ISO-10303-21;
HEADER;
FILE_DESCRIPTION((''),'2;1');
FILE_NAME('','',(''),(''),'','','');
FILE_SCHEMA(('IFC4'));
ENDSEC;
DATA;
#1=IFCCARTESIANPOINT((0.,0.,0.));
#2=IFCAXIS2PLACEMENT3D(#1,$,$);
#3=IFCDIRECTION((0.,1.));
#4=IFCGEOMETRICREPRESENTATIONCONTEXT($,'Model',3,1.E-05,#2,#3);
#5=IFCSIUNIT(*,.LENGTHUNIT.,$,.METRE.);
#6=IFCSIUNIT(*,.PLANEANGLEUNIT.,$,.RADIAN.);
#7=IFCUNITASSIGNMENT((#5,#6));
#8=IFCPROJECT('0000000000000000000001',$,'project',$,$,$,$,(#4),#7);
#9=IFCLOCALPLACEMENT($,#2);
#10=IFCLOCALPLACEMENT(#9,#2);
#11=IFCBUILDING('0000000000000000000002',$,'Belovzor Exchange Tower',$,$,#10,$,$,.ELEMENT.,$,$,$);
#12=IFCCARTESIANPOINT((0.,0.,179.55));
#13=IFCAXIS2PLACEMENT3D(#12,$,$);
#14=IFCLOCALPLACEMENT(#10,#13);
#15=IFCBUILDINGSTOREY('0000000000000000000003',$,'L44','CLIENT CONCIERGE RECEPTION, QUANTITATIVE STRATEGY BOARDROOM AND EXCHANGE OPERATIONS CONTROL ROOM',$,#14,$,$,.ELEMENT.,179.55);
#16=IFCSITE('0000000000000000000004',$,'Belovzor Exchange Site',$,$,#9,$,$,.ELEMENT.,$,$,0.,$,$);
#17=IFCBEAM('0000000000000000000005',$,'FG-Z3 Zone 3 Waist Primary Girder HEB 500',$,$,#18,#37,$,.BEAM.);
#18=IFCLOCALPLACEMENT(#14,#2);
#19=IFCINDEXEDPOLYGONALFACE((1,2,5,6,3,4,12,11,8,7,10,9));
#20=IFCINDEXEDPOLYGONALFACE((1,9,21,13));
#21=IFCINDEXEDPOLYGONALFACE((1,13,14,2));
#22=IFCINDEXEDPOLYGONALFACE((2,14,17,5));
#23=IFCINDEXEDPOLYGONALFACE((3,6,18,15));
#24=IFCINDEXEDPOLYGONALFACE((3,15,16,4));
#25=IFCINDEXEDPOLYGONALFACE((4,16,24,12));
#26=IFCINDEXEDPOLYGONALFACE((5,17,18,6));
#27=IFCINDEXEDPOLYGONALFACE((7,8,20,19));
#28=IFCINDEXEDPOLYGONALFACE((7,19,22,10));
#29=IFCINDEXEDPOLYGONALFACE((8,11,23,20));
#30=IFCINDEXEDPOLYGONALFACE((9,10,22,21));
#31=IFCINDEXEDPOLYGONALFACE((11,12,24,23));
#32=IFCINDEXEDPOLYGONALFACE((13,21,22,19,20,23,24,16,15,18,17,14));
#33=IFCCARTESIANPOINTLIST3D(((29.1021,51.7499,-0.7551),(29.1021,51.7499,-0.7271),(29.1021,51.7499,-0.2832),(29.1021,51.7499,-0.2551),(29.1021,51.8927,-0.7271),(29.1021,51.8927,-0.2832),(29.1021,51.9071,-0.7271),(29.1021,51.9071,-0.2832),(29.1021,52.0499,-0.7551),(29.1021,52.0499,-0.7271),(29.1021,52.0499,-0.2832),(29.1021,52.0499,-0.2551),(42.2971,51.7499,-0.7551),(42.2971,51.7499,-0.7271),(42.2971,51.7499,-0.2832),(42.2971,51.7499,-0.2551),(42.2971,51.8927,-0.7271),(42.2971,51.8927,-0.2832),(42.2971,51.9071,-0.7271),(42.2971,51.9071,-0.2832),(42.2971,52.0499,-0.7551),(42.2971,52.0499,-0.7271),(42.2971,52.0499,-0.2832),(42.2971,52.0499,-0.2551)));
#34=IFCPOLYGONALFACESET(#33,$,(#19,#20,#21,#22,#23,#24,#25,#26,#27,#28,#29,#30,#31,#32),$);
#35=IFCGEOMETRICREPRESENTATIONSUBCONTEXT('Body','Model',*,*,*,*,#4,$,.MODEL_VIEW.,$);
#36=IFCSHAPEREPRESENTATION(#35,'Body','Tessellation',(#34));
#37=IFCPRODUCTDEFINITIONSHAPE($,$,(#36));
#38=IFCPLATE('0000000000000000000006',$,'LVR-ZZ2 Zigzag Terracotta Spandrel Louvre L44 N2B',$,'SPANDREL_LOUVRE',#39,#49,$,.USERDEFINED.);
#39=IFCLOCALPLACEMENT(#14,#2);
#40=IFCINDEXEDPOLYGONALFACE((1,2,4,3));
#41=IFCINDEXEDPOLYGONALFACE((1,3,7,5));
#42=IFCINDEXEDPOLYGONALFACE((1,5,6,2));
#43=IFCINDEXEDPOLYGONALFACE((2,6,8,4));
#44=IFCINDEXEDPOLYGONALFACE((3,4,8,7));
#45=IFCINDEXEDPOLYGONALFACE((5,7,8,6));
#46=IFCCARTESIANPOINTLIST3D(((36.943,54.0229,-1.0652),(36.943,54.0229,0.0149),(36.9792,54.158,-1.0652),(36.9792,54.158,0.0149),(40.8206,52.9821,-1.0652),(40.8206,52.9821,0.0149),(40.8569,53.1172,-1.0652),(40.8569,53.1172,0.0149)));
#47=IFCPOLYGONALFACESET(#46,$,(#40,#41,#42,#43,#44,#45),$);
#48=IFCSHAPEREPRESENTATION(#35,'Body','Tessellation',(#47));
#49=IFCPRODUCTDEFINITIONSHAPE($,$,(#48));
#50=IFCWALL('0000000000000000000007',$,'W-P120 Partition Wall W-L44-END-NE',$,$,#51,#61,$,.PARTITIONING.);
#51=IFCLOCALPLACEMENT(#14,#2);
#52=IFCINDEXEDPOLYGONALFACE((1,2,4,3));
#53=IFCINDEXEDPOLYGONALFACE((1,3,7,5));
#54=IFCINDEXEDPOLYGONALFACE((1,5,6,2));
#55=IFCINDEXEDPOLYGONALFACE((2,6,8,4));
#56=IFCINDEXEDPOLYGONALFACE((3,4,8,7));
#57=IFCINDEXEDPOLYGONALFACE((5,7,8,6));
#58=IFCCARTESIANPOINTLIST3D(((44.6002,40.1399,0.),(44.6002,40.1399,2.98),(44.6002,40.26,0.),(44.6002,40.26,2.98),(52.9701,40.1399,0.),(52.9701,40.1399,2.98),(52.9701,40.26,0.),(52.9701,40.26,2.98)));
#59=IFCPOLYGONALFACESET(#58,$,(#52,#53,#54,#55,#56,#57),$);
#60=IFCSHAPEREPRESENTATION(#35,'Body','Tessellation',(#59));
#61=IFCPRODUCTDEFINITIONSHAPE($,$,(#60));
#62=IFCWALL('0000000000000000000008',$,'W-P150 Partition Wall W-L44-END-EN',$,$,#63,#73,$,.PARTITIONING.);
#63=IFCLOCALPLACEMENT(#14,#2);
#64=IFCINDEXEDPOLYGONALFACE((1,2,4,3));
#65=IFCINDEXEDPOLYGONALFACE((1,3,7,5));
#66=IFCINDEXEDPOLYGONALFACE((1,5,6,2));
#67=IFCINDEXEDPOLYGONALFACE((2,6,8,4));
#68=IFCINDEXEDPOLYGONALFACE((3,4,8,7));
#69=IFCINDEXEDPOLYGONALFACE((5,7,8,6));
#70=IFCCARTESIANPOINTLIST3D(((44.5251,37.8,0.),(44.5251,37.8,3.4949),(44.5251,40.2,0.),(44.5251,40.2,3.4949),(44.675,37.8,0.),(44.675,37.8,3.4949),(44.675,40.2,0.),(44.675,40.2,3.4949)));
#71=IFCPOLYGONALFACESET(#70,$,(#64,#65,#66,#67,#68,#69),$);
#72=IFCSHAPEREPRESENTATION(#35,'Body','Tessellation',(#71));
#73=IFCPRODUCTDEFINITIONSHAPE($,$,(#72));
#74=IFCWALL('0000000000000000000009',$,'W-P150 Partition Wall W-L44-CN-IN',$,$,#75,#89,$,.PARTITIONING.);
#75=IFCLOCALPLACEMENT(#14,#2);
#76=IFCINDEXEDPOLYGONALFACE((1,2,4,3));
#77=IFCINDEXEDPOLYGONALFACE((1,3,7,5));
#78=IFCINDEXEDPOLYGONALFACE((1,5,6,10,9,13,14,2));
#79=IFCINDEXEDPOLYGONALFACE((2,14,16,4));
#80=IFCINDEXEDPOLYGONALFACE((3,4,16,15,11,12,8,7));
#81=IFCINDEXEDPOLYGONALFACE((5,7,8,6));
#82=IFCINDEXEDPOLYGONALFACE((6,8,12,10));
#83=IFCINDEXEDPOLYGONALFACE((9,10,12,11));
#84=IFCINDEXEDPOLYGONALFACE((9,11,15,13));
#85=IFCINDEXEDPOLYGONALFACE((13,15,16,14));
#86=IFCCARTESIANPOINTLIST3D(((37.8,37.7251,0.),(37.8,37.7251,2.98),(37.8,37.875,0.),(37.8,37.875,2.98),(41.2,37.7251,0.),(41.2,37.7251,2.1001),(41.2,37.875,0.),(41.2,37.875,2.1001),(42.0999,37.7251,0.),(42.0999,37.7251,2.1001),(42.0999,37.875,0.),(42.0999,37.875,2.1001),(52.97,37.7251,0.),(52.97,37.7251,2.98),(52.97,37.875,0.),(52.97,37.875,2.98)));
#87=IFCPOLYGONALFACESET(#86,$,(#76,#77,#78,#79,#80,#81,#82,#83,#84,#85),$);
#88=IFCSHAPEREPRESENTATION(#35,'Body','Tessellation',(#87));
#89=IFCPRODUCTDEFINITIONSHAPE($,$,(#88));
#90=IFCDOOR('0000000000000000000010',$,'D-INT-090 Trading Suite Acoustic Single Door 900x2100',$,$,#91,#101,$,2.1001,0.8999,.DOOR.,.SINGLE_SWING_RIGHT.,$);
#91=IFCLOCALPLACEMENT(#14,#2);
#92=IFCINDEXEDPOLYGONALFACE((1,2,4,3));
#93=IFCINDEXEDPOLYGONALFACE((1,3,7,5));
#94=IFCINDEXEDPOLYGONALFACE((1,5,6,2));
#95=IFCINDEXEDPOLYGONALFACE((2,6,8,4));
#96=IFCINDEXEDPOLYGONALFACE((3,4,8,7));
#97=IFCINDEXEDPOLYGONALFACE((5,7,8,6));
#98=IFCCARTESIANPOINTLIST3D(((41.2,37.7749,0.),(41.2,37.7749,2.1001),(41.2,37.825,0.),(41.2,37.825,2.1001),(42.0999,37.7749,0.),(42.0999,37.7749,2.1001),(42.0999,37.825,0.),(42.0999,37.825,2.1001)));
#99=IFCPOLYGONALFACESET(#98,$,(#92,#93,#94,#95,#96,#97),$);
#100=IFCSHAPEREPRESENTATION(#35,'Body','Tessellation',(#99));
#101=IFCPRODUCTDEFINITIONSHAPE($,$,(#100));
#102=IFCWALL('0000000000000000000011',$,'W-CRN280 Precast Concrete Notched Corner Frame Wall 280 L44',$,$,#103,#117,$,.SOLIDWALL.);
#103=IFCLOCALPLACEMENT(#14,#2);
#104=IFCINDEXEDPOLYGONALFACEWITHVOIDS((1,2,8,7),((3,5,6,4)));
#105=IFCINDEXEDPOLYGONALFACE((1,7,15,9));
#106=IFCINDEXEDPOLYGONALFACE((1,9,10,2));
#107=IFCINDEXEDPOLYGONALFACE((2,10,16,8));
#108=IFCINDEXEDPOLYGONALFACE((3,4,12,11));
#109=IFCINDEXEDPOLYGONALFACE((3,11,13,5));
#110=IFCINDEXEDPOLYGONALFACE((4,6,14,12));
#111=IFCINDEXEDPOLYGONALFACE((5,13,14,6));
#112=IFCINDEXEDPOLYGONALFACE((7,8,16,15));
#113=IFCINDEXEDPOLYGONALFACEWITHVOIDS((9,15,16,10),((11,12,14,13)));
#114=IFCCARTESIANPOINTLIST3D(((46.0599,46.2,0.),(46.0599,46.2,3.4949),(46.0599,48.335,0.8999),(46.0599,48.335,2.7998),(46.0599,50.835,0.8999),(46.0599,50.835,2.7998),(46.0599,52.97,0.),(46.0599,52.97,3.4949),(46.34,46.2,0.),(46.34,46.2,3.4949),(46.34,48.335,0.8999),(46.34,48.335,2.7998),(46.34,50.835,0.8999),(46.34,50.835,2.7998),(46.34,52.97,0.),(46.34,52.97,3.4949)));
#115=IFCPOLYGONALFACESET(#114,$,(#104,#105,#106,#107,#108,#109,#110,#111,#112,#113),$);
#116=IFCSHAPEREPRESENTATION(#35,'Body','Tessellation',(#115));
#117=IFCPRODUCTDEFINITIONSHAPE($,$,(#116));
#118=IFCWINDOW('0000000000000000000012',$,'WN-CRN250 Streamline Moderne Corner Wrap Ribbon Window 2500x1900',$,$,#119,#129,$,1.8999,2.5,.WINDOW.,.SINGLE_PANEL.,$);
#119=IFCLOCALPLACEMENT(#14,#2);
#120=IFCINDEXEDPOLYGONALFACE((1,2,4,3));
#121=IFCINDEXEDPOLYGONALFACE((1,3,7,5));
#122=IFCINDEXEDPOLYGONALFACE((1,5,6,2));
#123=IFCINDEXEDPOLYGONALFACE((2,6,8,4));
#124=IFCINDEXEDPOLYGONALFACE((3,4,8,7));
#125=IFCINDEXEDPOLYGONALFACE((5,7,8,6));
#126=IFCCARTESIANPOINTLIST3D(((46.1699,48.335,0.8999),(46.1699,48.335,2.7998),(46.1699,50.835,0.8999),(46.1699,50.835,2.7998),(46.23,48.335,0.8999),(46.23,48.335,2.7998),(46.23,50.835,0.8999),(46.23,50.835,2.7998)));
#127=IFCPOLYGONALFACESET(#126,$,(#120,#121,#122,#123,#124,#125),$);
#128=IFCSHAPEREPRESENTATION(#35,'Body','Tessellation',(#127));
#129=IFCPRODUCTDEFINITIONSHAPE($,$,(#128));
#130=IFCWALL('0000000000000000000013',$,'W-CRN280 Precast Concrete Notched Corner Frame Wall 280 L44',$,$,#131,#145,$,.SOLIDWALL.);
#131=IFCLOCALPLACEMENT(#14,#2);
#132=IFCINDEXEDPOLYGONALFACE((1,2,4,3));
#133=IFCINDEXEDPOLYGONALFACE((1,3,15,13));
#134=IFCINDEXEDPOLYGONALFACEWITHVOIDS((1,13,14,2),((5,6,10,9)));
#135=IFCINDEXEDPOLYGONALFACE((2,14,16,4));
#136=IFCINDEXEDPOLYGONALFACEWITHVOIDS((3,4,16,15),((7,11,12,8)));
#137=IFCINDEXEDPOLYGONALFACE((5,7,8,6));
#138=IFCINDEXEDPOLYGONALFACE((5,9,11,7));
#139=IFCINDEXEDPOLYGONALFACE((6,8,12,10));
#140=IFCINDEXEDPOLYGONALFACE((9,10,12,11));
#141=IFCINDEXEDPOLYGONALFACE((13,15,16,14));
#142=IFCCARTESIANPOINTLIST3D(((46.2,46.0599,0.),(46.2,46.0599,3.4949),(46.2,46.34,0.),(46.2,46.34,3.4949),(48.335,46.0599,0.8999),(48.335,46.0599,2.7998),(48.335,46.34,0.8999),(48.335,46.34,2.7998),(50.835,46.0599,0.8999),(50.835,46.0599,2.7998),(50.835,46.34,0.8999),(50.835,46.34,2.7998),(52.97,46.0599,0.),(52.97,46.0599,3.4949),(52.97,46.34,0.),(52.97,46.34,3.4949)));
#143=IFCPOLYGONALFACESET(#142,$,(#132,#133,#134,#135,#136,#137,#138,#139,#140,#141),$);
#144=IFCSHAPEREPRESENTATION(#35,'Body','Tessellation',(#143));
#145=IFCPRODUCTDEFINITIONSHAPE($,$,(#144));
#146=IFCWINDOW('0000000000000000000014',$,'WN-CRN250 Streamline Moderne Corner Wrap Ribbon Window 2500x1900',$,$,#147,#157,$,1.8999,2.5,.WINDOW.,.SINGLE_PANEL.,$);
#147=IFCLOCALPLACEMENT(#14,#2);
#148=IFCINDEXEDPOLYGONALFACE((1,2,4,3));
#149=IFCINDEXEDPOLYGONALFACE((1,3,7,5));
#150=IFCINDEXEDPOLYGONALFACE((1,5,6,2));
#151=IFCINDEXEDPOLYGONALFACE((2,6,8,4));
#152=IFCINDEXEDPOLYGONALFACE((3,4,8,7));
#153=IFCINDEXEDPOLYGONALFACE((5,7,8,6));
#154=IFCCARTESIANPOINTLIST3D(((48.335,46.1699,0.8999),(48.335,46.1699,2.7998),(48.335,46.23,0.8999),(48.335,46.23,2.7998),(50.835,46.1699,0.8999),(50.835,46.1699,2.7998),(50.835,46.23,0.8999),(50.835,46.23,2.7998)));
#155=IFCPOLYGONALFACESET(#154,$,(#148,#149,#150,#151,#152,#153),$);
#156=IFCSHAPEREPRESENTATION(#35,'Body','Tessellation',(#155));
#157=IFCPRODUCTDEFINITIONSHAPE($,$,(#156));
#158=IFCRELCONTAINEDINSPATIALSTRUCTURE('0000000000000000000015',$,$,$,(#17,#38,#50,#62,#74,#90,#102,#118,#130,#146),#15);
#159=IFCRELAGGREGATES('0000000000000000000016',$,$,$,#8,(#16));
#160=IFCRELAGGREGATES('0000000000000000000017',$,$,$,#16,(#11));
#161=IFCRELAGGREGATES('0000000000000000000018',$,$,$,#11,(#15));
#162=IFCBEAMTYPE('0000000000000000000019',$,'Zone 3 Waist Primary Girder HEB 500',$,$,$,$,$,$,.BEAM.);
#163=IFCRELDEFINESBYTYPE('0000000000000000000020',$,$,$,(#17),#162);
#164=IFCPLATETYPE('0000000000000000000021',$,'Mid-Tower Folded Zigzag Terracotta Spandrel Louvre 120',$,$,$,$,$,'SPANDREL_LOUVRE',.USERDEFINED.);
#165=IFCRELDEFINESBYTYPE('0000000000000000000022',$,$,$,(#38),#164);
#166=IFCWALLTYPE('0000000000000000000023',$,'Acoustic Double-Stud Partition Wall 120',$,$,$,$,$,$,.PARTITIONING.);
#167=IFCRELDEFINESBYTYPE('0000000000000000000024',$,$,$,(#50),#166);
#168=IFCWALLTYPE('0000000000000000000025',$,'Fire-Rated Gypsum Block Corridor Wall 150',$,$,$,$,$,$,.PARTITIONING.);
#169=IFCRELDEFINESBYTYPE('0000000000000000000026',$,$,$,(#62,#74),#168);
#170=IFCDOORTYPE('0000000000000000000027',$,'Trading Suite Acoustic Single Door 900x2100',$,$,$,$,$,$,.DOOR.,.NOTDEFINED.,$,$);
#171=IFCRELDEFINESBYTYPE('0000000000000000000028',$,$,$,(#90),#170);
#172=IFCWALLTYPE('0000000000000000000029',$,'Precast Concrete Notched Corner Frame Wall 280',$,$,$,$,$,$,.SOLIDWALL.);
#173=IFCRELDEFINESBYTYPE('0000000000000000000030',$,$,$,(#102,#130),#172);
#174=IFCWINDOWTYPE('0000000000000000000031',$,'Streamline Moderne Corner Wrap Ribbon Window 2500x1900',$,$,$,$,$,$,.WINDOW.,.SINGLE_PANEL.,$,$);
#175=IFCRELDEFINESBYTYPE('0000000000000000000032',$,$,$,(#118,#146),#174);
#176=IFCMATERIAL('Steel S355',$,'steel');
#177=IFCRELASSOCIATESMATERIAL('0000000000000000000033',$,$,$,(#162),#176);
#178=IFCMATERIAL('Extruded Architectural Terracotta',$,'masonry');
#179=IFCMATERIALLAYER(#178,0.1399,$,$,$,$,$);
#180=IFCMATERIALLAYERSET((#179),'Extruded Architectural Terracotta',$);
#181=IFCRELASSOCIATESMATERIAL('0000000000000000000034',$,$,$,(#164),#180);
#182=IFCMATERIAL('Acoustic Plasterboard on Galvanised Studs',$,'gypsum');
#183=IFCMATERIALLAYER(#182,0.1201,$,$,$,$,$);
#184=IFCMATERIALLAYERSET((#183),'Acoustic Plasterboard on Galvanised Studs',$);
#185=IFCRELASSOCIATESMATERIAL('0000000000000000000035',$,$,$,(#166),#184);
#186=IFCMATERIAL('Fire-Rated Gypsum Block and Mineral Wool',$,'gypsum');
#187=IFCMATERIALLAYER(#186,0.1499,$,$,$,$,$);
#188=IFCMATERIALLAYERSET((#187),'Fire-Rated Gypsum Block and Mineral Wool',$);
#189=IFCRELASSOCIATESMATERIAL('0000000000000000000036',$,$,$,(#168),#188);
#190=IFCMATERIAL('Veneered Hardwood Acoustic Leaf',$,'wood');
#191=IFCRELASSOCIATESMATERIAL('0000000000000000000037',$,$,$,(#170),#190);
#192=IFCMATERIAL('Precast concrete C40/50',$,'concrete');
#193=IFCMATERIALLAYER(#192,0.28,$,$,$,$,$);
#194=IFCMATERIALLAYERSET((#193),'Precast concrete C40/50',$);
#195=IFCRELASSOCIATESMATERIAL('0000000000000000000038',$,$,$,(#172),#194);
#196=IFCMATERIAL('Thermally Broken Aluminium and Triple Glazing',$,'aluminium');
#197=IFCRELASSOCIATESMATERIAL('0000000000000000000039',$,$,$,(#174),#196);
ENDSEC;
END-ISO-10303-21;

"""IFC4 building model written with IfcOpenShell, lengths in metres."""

from ifc_helpers import new_model, si_unit, direction, frame, frame_2d, origin, origin_2d, place, context, subcontext, project, spatial, rectangle, i_section, extrude, material, layer, layer_set, material_profile, profile_set, type_object, element, fill, save


model = new_model("IFC4")

# Units and contexts
model_context = context("Model", 3, precision=1e-05, world=origin(), true_north=direction((0.0, 1.0)))
body_context = subcontext(model_context, "Body", "Model", "MODEL_VIEW")
ifc_project = project(units=[si_unit("LENGTHUNIT", "METRE"), si_unit("PLANEANGLEUNIT", "RADIAN")], contexts=[model_context])

# Site, building, storey
site_placement = place(None, origin())
site = spatial("IfcSite", under=ifc_project, at=site_placement, Name="Belovzor Exchange Site", CompositionType="ELEMENT", RefElevation=0.0)
building_placement = place(site_placement, origin())
building = spatial("IfcBuilding", under=site, at=building_placement, Name="Belovzor Exchange Tower", CompositionType="ELEMENT")
storey_placement = place(building_placement, frame((0.0, 0.0, 179.55)))
storey = spatial("IfcBuildingStorey", under=building, at=storey_placement, Name="L44", Description="CLIENT CONCIERGE RECEPTION, QUANTITATIVE STRATEGY BOARDROOM AND EXCHANGE OPERATIONS CONTROL ROOM", CompositionType="ELEMENT", Elevation=179.55)

# Beam
ifc_material_1 = material(Name="Steel S355", Category="steel")
ifc_material_profile_1 = material_profile(ifc_material_1, i_section(OverallWidth=0.3, OverallDepth=0.5, WebThickness=0.0144, FlangeThickness=0.0281, at=origin_2d()))
ifc_profile_set_1 = profile_set([ifc_material_profile_1], Name="Steel S355")
beam_type_1 = type_object("IfcBeamType", Name="Zone 3 Waist Primary Girder HEB 500", PredefinedType="BEAM", material=ifc_profile_set_1)
beam_1_placement = place(storey_placement, frame((42.2971, 51.8999, -0.5051), z_axis=(-1.0, 0.0, 0.0), x_axis=(0.0, -1.0, 0.0)))
element("IfcBeam", 1, at=beam_1_placement, inside=storey, type_object=beam_type_1, Name="FG-Z3 Zone 3 Waist Primary Girder HEB 500", PredefinedType="BEAM", context=body_context, shape_type="SweptSolid", body=[
    extrude(i_section(OverallWidth=0.3, OverallDepth=0.5, WebThickness=0.0144, FlangeThickness=0.0281, at=origin_2d()), origin(), (0.0, 0.0, 1.0), 13.1951),
])

# Plate
ifc_material_2 = material(Name="Extruded Architectural Terracotta", Category="masonry")
ifc_layer_1 = layer(ifc_material_2, 0.1399)
ifc_layer_set_1 = layer_set([ifc_layer_1], Name="Extruded Architectural Terracotta")
plate_type = type_object("IfcPlateType", Name="Mid-Tower Folded Zigzag Terracotta Spandrel Louvre 120", ElementType="SPANDREL_LOUVRE", PredefinedType="USERDEFINED", material=ifc_layer_set_1)
plate_placement = place(storey_placement, frame((38.8999, 53.5701, -1.0652), z_axis=(0.0, 0.0, 1.0), x_axis=(0.965813, -0.25924, 0.0)))
element("IfcPlate", 2, at=plate_placement, inside=storey, type_object=plate_type, Name="LVR-ZZ2 Zigzag Terracotta Spandrel Louvre L44 N2B", ObjectType="SPANDREL_LOUVRE", PredefinedType="USERDEFINED", context=body_context, shape_type="SweptSolid", body=[
    extrude(rectangle(XDim=4.0149, YDim=0.1399, at=origin_2d()), origin(), (0.0, 0.0, 1.0), 1.0801),
])

# Walls
ifc_material_3 = material(Name="Acoustic Plasterboard on Galvanised Studs", Category="gypsum")
ifc_layer_2 = layer(ifc_material_3, 0.1201)
ifc_layer_set_2 = layer_set([ifc_layer_2], Name="Acoustic Plasterboard on Galvanised Studs")
wall_type_1 = type_object("IfcWallType", Name="Acoustic Double-Stud Partition Wall 120", PredefinedType="PARTITIONING", material=ifc_layer_set_2)
wall_1_placement = place(storey_placement, frame((44.6001, 40.2, 0.0), z_axis=(0.0, 0.0, 1.0), x_axis=(1.0, 0.0, 0.0)))
element("IfcWall", 3, at=wall_1_placement, inside=storey, type_object=wall_type_1, Name="W-P120 Partition Wall W-L44-END-NE", PredefinedType="PARTITIONING", context=body_context, shape_type="SweptSolid", body=[
    extrude(rectangle(XDim=8.3699, YDim=0.1201, at=frame_2d((4.1851, 0.0))), origin(), (0.0, 0.0, 1.0), 2.98),
])
ifc_material_4 = material(Name="Fire-Rated Gypsum Block and Mineral Wool", Category="gypsum")
ifc_layer_3 = layer(ifc_material_4, 0.1499)
ifc_layer_set_3 = layer_set([ifc_layer_3], Name="Fire-Rated Gypsum Block and Mineral Wool")
wall_type_2 = type_object("IfcWallType", Name="Fire-Rated Gypsum Block Corridor Wall 150", PredefinedType="PARTITIONING", material=ifc_layer_set_3)
wall_2_placement = place(storey_placement, frame((44.6001, 37.8, 0.0), z_axis=(0.0, 0.0, 1.0), x_axis=(0.0, 1.0, 0.0)))
element("IfcWall", 4, at=wall_2_placement, inside=storey, type_object=wall_type_2, Name="W-P150 Partition Wall W-L44-END-EN", PredefinedType="PARTITIONING", context=body_context, shape_type="SweptSolid", body=[
    extrude(rectangle(XDim=2.3999, YDim=0.1499, at=frame_2d((1.2, 0.0))), origin(), (0.0, 0.0, 1.0), 3.4949),
])

# Wall, opening, door
wall_3_placement = place(storey_placement, frame((37.8, 37.8, 0.0), z_axis=(0.0, 0.0, 1.0), x_axis=(1.0, 0.0, 0.0)))
wall_3 = element("IfcWall", 5, at=wall_3_placement, inside=storey, type_object=wall_type_2, Name="W-P150 Partition Wall W-L44-CN-IN", PredefinedType="PARTITIONING", context=body_context, shape_type="SweptSolid", body=[
    extrude(rectangle(XDim=15.1699, YDim=0.1499, at=frame_2d((7.585, 0.0))), origin(), (0.0, 0.0, 1.0), 2.98),
])
opening_1_placement = place(wall_3_placement, frame((3.3999, 0.0, 0.0)))
opening_1 = element("IfcOpeningElement", 6, at=opening_1_placement, cuts=wall_3, PredefinedType="OPENING", context=body_context, shape_type="SweptSolid", body=[
    extrude(rectangle(XDim=0.8999, YDim=2.1001, at=frame_2d((0.45, 1.05))), frame((0.0, 0.085, 0.0), z_axis=(0.0, -1.0, 0.0), x_axis=(1.0, 0.0, 0.0)), (0.0, 0.0, 1.0), 0.1699),
])
ifc_material_5 = material(Name="Veneered Hardwood Acoustic Leaf", Category="wood")
door_type_1 = type_object("IfcDoorType", Name="Trading Suite Acoustic Single Door 900x2100", OperationType="NOTDEFINED", PredefinedType="DOOR", material=ifc_material_5)
door_1_placement = place(opening_1_placement, origin())
door_1 = element("IfcDoor", 7, at=door_1_placement, inside=storey, type_object=door_type_1, Name="D-INT-090 Trading Suite Acoustic Single Door 900x2100", OperationType="SINGLE_SWING_RIGHT", OverallHeight=2.1001, OverallWidth=0.8999, PredefinedType="DOOR", context=body_context, shape_type="SweptSolid", body=[
    extrude(rectangle(XDim=0.8999, YDim=2.1001, at=frame_2d((0.45, 1.05))), frame((0.0, 0.0249, 0.0), z_axis=(0.0, -1.0, 0.0), x_axis=(1.0, 0.0, 0.0)), (0.0, 0.0, 1.0), 0.05),
])
fill(opening_1, door_1)

# Walls, openings, windows
ifc_material_6 = material(Name="Precast concrete C40/50", Category="concrete")
ifc_layer_4 = layer(ifc_material_6, 0.28)
ifc_layer_set_4 = layer_set([ifc_layer_4], Name="Precast concrete C40/50")
wall_type_3 = type_object("IfcWallType", Name="Precast Concrete Notched Corner Frame Wall 280", PredefinedType="SOLIDWALL", material=ifc_layer_set_4)
wall_4_placement = place(storey_placement, frame((46.2, 52.97, 0.0), z_axis=(0.0, 0.0, 1.0), x_axis=(0.0, -1.0, 0.0)))
wall_4 = element("IfcWall", 8, at=wall_4_placement, inside=storey, type_object=wall_type_3, Name="W-CRN280 Precast Concrete Notched Corner Frame Wall 280 L44", PredefinedType="SOLIDWALL", context=body_context, shape_type="SweptSolid", body=[
    extrude(rectangle(XDim=6.77, YDim=0.28, at=frame_2d((3.385, 0.0))), origin(), (0.0, 0.0, 1.0), 3.4949),
])
opening_2_placement = place(wall_4_placement, frame((2.135, 0.0, 0.8999)))
opening_2 = element("IfcOpeningElement", 9, at=opening_2_placement, cuts=wall_4, PredefinedType="OPENING", context=body_context, shape_type="SweptSolid", body=[
    extrude(rectangle(XDim=2.5, YDim=1.8999, at=frame_2d((1.25, 0.95))), frame((0.0, 0.1499, 0.0), z_axis=(0.0, -1.0, 0.0), x_axis=(1.0, 0.0, 0.0)), (0.0, 0.0, 1.0), 0.3),
])
ifc_material_7 = material(Name="Thermally Broken Aluminium and Triple Glazing", Category="aluminium")
window_type = type_object("IfcWindowType", Name="Streamline Moderne Corner Wrap Ribbon Window 2500x1900", PartitioningType="SINGLE_PANEL", PredefinedType="WINDOW", material=ifc_material_7)
window_1_placement = place(opening_2_placement, origin())
window_1 = element("IfcWindow", 10, at=window_1_placement, inside=storey, type_object=window_type, Name="WN-CRN250 Streamline Moderne Corner Wrap Ribbon Window 2500x1900", OverallHeight=1.8999, OverallWidth=2.5, PartitioningType="SINGLE_PANEL", PredefinedType="WINDOW", context=body_context, shape_type="SweptSolid", body=[
    extrude(rectangle(XDim=2.5, YDim=1.8999, at=frame_2d((1.25, 0.95))), frame((0.0, 0.03, 0.0), z_axis=(0.0, -1.0, 0.0), x_axis=(1.0, 0.0, 0.0)), (0.0, 0.0, 1.0), 0.0601),
])
fill(opening_2, window_1)
wall_5_placement = place(storey_placement, frame((46.2, 46.2, 0.0), z_axis=(0.0, 0.0, 1.0), x_axis=(1.0, 0.0, 0.0)))
wall_5 = element("IfcWall", 11, at=wall_5_placement, inside=storey, type_object=wall_type_3, Name="W-CRN280 Precast Concrete Notched Corner Frame Wall 280 L44", PredefinedType="SOLIDWALL", context=body_context, shape_type="SweptSolid", body=[
    extrude(rectangle(XDim=6.77, YDim=0.28, at=frame_2d((3.385, 0.0))), origin(), (0.0, 0.0, 1.0), 3.4949),
])
opening_3_placement = place(wall_5_placement, frame((2.135, 0.0, 0.8999)))
opening_3 = element("IfcOpeningElement", 12, at=opening_3_placement, cuts=wall_5, PredefinedType="OPENING", context=body_context, shape_type="SweptSolid", body=[
    extrude(rectangle(XDim=2.5, YDim=1.8999, at=frame_2d((1.25, 0.95))), frame((0.0, 0.1499, 0.0), z_axis=(0.0, -1.0, 0.0), x_axis=(1.0, 0.0, 0.0)), (0.0, 0.0, 1.0), 0.3),
])
window_2_placement = place(opening_3_placement, origin())
window_2 = element("IfcWindow", 13, at=window_2_placement, inside=storey, type_object=window_type, Name="WN-CRN250 Streamline Moderne Corner Wrap Ribbon Window 2500x1900", OverallHeight=1.8999, OverallWidth=2.5, PartitioningType="SINGLE_PANEL", PredefinedType="WINDOW", context=body_context, shape_type="SweptSolid", body=[
    extrude(rectangle(XDim=2.5, YDim=1.8999, at=frame_2d((1.25, 0.95))), frame((0.0, 0.03, 0.0), z_axis=(0.0, -1.0, 0.0), x_axis=(1.0, 0.0, 0.0)), (0.0, 0.0, 1.0), 0.0601),
])
fill(opening_3, window_2)

save(model, "model.ifc")
